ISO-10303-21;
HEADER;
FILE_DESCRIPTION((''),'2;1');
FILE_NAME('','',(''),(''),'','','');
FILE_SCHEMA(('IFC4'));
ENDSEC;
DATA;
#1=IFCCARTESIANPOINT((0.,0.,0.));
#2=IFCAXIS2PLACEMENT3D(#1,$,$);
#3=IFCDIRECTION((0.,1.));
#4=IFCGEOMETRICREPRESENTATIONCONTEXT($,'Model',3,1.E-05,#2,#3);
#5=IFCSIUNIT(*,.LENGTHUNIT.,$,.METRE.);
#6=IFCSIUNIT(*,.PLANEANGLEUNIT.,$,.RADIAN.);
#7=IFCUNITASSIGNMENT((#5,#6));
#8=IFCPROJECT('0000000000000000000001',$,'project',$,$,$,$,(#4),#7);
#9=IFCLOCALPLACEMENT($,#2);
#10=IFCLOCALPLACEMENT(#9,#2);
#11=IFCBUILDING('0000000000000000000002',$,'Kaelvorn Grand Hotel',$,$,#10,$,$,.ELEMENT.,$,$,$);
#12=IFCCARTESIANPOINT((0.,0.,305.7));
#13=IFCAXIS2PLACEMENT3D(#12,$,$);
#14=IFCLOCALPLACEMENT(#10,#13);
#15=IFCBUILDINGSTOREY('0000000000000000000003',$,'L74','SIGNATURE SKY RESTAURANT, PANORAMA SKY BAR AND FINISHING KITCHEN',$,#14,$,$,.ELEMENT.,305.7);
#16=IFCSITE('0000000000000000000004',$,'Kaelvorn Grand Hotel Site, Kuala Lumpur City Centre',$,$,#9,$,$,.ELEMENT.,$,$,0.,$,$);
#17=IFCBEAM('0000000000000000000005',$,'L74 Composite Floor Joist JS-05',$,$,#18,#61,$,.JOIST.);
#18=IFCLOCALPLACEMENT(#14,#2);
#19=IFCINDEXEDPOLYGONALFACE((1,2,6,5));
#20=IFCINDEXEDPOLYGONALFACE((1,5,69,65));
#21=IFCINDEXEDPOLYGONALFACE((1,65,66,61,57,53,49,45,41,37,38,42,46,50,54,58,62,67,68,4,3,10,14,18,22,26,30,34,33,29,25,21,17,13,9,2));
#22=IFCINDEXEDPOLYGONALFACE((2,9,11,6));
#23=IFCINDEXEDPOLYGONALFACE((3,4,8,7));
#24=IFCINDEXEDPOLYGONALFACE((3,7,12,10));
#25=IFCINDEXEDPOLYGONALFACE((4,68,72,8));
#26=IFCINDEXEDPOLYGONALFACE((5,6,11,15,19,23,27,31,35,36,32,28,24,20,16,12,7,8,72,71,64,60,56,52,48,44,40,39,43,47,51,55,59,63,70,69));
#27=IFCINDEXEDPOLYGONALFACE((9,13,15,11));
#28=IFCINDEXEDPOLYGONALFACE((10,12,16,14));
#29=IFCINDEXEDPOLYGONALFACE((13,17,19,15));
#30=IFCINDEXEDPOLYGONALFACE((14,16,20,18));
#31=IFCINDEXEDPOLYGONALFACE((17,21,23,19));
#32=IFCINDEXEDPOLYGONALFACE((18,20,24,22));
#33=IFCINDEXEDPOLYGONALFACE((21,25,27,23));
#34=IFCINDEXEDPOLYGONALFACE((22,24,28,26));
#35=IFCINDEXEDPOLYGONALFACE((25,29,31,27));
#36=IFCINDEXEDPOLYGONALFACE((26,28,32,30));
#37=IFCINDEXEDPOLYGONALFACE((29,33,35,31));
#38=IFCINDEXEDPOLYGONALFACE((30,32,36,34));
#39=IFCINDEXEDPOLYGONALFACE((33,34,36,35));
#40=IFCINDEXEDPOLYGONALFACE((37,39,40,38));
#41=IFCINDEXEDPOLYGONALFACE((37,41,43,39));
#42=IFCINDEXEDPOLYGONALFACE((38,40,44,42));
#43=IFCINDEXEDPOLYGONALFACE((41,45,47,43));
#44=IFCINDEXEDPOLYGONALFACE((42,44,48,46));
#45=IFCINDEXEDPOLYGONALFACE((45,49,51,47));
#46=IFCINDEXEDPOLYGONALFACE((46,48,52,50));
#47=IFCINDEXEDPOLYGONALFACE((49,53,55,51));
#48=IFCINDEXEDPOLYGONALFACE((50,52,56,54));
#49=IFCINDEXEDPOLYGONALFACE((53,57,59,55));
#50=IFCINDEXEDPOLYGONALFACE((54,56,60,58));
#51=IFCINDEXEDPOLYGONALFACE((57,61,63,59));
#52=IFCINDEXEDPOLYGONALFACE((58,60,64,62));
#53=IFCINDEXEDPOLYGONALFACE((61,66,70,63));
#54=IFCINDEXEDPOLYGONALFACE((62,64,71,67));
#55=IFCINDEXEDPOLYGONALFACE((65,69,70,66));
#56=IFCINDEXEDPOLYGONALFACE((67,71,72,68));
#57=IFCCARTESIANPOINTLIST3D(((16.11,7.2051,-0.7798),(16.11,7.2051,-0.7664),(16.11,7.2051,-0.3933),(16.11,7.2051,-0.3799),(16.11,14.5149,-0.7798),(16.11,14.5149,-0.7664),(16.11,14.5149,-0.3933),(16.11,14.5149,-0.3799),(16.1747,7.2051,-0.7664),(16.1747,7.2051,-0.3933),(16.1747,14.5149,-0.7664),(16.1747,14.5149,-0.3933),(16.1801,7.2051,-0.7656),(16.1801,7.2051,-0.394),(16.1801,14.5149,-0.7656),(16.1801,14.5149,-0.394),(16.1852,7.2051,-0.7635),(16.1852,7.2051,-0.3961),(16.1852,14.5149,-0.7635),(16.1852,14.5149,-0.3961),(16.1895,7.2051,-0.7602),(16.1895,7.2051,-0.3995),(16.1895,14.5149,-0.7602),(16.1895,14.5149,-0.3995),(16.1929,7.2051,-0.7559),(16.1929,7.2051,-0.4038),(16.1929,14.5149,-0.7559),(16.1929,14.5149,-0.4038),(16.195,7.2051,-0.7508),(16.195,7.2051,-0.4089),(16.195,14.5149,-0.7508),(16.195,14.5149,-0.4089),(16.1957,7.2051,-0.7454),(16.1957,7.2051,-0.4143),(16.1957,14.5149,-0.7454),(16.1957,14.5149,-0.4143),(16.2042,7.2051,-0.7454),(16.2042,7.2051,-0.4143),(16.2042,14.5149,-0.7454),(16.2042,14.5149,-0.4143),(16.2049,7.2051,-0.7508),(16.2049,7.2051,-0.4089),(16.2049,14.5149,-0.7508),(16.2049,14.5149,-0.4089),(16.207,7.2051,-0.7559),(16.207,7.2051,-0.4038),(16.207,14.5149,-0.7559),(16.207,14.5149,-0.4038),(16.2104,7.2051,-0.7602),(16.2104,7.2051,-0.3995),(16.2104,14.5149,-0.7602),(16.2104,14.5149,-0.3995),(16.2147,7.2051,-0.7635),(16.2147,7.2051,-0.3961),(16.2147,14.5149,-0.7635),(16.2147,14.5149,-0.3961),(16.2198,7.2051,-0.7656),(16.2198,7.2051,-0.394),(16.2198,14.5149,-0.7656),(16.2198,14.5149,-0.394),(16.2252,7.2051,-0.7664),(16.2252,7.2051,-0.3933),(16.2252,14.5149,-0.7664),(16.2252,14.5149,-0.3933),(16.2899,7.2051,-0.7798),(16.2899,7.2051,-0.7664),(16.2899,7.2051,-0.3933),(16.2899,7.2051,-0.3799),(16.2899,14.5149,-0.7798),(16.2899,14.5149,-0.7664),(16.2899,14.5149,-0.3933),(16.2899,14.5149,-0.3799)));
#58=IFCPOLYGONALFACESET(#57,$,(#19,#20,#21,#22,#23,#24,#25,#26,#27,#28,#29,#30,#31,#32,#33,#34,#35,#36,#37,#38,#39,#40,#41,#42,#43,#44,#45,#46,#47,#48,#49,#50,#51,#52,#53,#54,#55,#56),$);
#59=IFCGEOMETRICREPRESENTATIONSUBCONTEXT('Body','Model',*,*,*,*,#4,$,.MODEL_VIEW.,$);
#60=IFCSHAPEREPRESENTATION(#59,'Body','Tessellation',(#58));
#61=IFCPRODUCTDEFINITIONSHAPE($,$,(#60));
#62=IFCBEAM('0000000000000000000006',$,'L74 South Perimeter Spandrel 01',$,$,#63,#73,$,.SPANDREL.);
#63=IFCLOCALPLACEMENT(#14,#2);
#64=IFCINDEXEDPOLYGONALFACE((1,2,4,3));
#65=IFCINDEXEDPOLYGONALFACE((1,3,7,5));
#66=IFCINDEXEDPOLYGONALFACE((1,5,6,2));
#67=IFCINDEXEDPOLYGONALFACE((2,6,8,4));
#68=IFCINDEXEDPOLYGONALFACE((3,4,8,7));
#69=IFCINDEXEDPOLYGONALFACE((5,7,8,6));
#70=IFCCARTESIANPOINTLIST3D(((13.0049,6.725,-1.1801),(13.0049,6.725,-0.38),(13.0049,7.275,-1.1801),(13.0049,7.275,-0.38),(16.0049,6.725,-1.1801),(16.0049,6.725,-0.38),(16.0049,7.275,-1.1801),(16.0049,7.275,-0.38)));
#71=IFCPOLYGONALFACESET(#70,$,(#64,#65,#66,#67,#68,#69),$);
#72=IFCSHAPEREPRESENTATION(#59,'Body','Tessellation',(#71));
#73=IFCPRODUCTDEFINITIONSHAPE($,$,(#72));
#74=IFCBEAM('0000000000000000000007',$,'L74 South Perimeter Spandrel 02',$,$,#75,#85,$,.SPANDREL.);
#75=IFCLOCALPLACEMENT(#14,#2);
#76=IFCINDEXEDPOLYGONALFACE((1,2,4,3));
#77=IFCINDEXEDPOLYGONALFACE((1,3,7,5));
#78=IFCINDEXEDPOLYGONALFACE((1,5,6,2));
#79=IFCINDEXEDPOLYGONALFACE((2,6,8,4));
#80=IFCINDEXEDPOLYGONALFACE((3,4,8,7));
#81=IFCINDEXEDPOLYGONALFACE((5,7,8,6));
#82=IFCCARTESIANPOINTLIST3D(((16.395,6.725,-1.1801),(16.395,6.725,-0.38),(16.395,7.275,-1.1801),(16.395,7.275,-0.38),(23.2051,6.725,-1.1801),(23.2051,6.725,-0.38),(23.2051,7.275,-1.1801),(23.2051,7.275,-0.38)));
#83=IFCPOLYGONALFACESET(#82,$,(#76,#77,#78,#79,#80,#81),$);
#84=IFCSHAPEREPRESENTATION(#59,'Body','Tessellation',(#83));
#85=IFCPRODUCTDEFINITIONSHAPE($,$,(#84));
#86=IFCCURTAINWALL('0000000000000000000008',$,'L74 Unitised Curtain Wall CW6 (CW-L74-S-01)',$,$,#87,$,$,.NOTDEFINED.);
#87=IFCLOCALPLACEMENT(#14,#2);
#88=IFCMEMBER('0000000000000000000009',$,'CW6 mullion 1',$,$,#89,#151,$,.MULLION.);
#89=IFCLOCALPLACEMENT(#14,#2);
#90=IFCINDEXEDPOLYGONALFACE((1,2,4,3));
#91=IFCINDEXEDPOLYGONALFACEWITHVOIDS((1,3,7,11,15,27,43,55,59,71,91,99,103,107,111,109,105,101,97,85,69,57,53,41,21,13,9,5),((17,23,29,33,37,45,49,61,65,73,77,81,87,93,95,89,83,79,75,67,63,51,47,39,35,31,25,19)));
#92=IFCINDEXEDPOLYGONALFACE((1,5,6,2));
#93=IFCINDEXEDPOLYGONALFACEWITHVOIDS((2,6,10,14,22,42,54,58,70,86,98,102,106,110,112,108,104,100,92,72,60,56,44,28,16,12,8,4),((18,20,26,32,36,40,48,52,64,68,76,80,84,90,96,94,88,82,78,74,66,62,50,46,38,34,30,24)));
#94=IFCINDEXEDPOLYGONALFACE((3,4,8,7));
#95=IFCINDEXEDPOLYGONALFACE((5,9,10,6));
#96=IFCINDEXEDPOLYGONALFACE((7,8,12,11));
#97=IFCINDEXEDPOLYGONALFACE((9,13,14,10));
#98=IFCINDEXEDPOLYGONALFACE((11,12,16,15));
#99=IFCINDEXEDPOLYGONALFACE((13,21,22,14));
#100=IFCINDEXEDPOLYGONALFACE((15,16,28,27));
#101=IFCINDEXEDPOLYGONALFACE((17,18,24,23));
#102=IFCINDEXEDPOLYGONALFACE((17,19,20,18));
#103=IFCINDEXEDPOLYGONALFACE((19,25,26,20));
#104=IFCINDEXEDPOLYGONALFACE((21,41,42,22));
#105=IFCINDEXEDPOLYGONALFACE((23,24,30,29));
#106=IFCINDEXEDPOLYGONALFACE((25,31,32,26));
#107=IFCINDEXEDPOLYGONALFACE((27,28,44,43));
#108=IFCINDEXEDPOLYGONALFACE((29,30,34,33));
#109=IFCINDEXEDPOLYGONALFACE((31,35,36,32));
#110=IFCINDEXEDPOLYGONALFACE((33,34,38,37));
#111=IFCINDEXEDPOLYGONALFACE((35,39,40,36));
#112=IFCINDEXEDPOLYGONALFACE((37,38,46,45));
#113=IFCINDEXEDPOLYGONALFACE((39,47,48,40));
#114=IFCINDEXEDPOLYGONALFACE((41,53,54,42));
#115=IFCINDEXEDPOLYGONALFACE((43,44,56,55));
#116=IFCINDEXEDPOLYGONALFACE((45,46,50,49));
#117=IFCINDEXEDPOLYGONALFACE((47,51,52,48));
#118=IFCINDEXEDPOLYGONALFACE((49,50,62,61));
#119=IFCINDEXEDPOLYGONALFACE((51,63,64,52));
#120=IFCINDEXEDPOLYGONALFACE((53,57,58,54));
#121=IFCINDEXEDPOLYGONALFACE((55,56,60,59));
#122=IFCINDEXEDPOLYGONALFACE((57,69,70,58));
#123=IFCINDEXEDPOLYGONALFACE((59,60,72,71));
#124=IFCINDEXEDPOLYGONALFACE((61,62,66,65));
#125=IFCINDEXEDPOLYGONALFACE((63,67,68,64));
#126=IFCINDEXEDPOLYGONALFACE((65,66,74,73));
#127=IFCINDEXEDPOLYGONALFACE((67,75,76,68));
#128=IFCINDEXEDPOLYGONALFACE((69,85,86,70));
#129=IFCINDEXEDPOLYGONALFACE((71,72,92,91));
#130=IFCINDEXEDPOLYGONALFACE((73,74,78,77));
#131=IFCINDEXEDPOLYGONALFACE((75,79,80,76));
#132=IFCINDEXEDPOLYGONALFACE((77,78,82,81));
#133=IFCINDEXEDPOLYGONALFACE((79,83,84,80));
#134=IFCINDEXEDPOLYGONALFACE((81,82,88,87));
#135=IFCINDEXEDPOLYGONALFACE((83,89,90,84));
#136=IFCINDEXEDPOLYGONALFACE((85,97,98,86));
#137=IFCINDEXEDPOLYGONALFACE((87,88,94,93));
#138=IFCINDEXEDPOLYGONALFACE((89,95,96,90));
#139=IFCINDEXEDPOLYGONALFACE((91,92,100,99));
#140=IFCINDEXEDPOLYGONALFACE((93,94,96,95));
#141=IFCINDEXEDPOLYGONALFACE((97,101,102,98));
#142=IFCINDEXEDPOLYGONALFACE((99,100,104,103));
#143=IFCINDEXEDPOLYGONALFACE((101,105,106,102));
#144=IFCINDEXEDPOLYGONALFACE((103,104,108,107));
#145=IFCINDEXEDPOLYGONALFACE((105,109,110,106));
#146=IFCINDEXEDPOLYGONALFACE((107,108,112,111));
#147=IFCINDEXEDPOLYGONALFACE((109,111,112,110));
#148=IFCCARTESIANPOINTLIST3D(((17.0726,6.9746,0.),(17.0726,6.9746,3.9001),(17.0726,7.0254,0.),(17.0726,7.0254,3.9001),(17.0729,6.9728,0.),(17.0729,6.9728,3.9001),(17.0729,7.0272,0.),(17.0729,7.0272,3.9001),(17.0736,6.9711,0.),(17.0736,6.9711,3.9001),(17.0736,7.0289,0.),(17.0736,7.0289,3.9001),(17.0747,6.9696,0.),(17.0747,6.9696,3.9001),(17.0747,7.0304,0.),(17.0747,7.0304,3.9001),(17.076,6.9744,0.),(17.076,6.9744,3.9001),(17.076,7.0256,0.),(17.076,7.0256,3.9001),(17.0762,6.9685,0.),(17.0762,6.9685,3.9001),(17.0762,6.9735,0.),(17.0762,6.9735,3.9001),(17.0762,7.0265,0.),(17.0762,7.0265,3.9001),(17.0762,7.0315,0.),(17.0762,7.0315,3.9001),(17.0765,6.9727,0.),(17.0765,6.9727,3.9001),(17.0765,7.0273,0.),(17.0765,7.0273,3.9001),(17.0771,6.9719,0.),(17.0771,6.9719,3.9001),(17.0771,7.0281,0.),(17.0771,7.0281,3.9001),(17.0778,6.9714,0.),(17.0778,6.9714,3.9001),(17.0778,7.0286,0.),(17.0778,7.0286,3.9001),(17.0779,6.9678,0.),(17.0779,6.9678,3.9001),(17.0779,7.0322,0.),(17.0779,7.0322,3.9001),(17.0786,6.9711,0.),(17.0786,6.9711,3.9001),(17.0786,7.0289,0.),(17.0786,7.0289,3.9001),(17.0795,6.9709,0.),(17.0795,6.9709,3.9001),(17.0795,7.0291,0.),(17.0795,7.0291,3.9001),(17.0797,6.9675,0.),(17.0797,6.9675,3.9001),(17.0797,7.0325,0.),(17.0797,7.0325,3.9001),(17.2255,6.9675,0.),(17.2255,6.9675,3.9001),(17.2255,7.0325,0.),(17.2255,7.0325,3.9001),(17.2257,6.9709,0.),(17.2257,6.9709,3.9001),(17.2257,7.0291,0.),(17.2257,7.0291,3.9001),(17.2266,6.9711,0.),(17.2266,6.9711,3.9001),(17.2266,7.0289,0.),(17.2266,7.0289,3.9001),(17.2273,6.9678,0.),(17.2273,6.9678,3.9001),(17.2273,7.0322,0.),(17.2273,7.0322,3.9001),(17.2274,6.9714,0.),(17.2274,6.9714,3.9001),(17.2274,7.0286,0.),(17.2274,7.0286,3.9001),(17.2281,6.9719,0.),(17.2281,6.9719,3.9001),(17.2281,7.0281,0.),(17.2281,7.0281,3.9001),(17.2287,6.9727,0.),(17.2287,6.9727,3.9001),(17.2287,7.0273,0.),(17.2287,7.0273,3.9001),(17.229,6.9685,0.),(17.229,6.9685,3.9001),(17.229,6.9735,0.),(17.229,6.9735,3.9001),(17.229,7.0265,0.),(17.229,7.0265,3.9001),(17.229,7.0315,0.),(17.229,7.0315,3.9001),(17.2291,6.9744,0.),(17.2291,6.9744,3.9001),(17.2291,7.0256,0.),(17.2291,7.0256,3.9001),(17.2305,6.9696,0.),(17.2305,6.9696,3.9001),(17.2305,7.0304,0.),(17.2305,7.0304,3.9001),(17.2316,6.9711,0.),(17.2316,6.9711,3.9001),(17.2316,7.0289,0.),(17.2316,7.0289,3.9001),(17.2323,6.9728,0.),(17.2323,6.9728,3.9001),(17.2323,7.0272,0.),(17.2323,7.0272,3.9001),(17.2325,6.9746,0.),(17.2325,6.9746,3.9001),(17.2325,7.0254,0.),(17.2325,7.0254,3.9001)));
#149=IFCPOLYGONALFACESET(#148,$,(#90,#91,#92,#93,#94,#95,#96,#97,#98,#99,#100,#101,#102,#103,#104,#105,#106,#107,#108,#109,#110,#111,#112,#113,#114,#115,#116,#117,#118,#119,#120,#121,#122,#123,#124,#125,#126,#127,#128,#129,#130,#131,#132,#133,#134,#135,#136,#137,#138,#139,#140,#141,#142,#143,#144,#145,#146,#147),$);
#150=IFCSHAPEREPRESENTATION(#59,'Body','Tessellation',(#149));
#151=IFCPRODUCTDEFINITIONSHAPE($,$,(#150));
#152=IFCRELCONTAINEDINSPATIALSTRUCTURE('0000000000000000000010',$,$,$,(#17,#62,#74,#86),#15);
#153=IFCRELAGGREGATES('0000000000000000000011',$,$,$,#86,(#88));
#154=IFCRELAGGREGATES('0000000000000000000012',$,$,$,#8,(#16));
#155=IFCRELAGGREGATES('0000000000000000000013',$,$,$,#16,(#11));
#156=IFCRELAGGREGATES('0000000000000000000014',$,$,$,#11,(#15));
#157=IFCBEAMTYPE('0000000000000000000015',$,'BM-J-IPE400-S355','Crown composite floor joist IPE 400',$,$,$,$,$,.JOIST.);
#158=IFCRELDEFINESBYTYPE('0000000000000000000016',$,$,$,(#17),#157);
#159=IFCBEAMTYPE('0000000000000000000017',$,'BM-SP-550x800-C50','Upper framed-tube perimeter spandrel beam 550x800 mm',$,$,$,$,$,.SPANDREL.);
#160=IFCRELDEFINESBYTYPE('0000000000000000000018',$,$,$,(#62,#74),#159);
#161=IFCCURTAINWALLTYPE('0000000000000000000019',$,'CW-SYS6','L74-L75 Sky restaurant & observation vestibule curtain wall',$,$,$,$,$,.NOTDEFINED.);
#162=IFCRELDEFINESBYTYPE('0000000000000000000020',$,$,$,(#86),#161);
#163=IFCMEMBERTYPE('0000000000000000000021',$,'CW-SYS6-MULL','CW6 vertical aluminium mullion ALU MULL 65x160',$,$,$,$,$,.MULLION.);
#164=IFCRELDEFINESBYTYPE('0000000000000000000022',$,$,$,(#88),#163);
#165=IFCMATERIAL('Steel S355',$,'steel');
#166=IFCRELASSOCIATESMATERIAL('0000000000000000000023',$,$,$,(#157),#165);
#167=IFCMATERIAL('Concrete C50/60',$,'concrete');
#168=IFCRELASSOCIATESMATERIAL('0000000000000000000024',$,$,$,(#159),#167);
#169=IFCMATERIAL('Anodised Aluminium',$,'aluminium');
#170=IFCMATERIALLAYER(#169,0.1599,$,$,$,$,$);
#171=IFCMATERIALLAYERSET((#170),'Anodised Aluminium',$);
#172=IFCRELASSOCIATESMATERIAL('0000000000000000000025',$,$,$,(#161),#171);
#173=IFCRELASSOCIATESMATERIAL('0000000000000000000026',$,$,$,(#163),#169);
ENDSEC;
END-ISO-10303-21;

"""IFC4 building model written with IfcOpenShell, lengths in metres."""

from ifc_helpers import new_model, si_unit, direction, frame, origin, origin_2d, place, context, subcontext, project, spatial, rectangle, hollow_rectangle, i_section, extrude, material, layer, layer_set, material_profile, profile_set, type_object, element, aggregate, save


model = new_model("IFC4")

# Units and contexts
model_context = context("Model", 3, precision=1e-05, world=origin(), true_north=direction((0.0, 1.0)))
body_context = subcontext(model_context, "Body", "Model", "MODEL_VIEW")
ifc_project = project(units=[si_unit("LENGTHUNIT", "METRE"), si_unit("PLANEANGLEUNIT", "RADIAN")], contexts=[model_context])

# Site, building, storey
site_placement = place(None, origin())
site = spatial("IfcSite", under=ifc_project, at=site_placement, Name="Kaelvorn Grand Hotel Site, Kuala Lumpur City Centre", CompositionType="ELEMENT", RefElevation=0.0)
building_placement = place(site_placement, origin())
building = spatial("IfcBuilding", under=site, at=building_placement, Name="Kaelvorn Grand Hotel", CompositionType="ELEMENT")
storey_placement = place(building_placement, frame((0.0, 0.0, 305.7)))
storey = spatial("IfcBuildingStorey", under=building, at=storey_placement, Name="L74", Description="SIGNATURE SKY RESTAURANT, PANORAMA SKY BAR AND FINISHING KITCHEN", CompositionType="ELEMENT", Elevation=305.7)

# Shared definitions
ifc_material_1 = material(Name="Concrete C50/60", Category="concrete")
ifc_material_2 = material(Name="Steel S355", Category="steel")

# Beams
ifc_material_profile_1 = material_profile(ifc_material_2, i_section(OverallWidth=0.1799, OverallDepth=0.3999, WebThickness=0.0085, FlangeThickness=0.0134, FilletRadius=0.021, at=origin_2d()), Name="IPE 400")
ifc_profile_set_1 = profile_set([ifc_material_profile_1], Name="Steel S355")
beam_type_1 = type_object("IfcBeamType", Name="BM-J-IPE400-S355", Description="Crown composite floor joist IPE 400", PredefinedType="JOIST", material=ifc_profile_set_1)
beam_1_placement = place(storey_placement, frame((16.2, 7.2051, -0.5798), z_axis=(0.0, 1.0, 0.0), x_axis=(-1.0, 0.0, 0.0)))
element("IfcBeam", 1, at=beam_1_placement, inside=storey, type_object=beam_type_1, Name="L74 Composite Floor Joist JS-05", PredefinedType="JOIST", context=body_context, shape_type="SweptSolid", body=[
    extrude(i_section(OverallWidth=0.1799, OverallDepth=0.3999, WebThickness=0.0085, FlangeThickness=0.0134, FilletRadius=0.021, at=origin_2d()), origin(), (0.0, 0.0, 1.0), 7.3098),
])
ifc_material_profile_2 = material_profile(ifc_material_1, rectangle(XDim=0.55, YDim=0.8, at=origin_2d()), Name="RC SPANDREL 550x800")
ifc_profile_set_2 = profile_set([ifc_material_profile_2], Name="Concrete C50/60")
beam_type_2 = type_object("IfcBeamType", Name="BM-SP-550x800-C50", Description="Upper framed-tube perimeter spandrel beam 550x800 mm", PredefinedType="SPANDREL", material=ifc_profile_set_2)
beam_2_placement = place(storey_placement, frame((13.0049, 7.0, -0.78), z_axis=(1.0, 0.0, 0.0), x_axis=(0.0, 1.0, 0.0)))
element("IfcBeam", 2, at=beam_2_placement, inside=storey, type_object=beam_type_2, Name="L74 South Perimeter Spandrel 01", PredefinedType="SPANDREL", context=body_context, shape_type="SweptSolid", body=[
    extrude(rectangle(XDim=0.55, YDim=0.8, at=origin_2d()), origin(), (0.0, 0.0, 1.0), 3.0),
])
beam_3_placement = place(storey_placement, frame((16.395, 7.0, -0.78), z_axis=(1.0, 0.0, 0.0), x_axis=(0.0, 1.0, 0.0)))
element("IfcBeam", 3, at=beam_3_placement, inside=storey, type_object=beam_type_2, Name="L74 South Perimeter Spandrel 02", PredefinedType="SPANDREL", context=body_context, shape_type="SweptSolid", body=[
    extrude(rectangle(XDim=0.55, YDim=0.8, at=origin_2d()), origin(), (0.0, 0.0, 1.0), 6.8101),
])

# Curtain wall, member
ifc_material_3 = material(Name="Anodised Aluminium", Category="aluminium")
ifc_layer_1 = layer(ifc_material_3, 0.1599)
ifc_layer_set_1 = layer_set([ifc_layer_1], Name="Anodised Aluminium")
curtain_wall_type = type_object("IfcCurtainWallType", Name="CW-SYS6", Description="L74-L75 Sky restaurant & observation vestibule curtain wall", PredefinedType="NOTDEFINED", material=ifc_layer_set_1)
curtain_wall_1_placement = place(storey_placement, origin())
curtain_wall_1 = element("IfcCurtainWall", 4, at=curtain_wall_1_placement, inside=storey, type_object=curtain_wall_type, Name="L74 Unitised Curtain Wall CW6 (CW-L74-S-01)", PredefinedType="NOTDEFINED")
ifc_material_profile_3 = material_profile(ifc_material_3, hollow_rectangle(XDim=0.0649, YDim=0.1599, WallThickness=0.0034, InnerFilletRadius=0.0034, OuterFilletRadius=0.0071, at=origin_2d()), Name="ALU MULL 65x160")
ifc_profile_set_3 = profile_set([ifc_material_profile_3], Name="Anodised Aluminium")
member_type_1 = type_object("IfcMemberType", Name="CW-SYS6-MULL", Description="CW6 vertical aluminium mullion ALU MULL 65x160", PredefinedType="MULLION", material=ifc_profile_set_3)
member_1_placement = place(storey_placement, frame((17.1526, 7.0, 0.0), z_axis=(0.0, 0.0, 1.0), x_axis=(0.0, 1.0, 0.0)))
member_1 = element("IfcMember", 5, at=member_1_placement, type_object=member_type_1, Name="CW6 mullion 1", PredefinedType="MULLION", context=body_context, shape_type="SweptSolid", body=[
    extrude(hollow_rectangle(XDim=0.0649, YDim=0.1599, WallThickness=0.0034, InnerFilletRadius=0.0034, OuterFilletRadius=0.0071, at=origin_2d()), origin(), (0.0, 0.0, 1.0), 3.9001),
])

aggregate(curtain_wall_1, [member_1])

save(model, "model.ifc")
